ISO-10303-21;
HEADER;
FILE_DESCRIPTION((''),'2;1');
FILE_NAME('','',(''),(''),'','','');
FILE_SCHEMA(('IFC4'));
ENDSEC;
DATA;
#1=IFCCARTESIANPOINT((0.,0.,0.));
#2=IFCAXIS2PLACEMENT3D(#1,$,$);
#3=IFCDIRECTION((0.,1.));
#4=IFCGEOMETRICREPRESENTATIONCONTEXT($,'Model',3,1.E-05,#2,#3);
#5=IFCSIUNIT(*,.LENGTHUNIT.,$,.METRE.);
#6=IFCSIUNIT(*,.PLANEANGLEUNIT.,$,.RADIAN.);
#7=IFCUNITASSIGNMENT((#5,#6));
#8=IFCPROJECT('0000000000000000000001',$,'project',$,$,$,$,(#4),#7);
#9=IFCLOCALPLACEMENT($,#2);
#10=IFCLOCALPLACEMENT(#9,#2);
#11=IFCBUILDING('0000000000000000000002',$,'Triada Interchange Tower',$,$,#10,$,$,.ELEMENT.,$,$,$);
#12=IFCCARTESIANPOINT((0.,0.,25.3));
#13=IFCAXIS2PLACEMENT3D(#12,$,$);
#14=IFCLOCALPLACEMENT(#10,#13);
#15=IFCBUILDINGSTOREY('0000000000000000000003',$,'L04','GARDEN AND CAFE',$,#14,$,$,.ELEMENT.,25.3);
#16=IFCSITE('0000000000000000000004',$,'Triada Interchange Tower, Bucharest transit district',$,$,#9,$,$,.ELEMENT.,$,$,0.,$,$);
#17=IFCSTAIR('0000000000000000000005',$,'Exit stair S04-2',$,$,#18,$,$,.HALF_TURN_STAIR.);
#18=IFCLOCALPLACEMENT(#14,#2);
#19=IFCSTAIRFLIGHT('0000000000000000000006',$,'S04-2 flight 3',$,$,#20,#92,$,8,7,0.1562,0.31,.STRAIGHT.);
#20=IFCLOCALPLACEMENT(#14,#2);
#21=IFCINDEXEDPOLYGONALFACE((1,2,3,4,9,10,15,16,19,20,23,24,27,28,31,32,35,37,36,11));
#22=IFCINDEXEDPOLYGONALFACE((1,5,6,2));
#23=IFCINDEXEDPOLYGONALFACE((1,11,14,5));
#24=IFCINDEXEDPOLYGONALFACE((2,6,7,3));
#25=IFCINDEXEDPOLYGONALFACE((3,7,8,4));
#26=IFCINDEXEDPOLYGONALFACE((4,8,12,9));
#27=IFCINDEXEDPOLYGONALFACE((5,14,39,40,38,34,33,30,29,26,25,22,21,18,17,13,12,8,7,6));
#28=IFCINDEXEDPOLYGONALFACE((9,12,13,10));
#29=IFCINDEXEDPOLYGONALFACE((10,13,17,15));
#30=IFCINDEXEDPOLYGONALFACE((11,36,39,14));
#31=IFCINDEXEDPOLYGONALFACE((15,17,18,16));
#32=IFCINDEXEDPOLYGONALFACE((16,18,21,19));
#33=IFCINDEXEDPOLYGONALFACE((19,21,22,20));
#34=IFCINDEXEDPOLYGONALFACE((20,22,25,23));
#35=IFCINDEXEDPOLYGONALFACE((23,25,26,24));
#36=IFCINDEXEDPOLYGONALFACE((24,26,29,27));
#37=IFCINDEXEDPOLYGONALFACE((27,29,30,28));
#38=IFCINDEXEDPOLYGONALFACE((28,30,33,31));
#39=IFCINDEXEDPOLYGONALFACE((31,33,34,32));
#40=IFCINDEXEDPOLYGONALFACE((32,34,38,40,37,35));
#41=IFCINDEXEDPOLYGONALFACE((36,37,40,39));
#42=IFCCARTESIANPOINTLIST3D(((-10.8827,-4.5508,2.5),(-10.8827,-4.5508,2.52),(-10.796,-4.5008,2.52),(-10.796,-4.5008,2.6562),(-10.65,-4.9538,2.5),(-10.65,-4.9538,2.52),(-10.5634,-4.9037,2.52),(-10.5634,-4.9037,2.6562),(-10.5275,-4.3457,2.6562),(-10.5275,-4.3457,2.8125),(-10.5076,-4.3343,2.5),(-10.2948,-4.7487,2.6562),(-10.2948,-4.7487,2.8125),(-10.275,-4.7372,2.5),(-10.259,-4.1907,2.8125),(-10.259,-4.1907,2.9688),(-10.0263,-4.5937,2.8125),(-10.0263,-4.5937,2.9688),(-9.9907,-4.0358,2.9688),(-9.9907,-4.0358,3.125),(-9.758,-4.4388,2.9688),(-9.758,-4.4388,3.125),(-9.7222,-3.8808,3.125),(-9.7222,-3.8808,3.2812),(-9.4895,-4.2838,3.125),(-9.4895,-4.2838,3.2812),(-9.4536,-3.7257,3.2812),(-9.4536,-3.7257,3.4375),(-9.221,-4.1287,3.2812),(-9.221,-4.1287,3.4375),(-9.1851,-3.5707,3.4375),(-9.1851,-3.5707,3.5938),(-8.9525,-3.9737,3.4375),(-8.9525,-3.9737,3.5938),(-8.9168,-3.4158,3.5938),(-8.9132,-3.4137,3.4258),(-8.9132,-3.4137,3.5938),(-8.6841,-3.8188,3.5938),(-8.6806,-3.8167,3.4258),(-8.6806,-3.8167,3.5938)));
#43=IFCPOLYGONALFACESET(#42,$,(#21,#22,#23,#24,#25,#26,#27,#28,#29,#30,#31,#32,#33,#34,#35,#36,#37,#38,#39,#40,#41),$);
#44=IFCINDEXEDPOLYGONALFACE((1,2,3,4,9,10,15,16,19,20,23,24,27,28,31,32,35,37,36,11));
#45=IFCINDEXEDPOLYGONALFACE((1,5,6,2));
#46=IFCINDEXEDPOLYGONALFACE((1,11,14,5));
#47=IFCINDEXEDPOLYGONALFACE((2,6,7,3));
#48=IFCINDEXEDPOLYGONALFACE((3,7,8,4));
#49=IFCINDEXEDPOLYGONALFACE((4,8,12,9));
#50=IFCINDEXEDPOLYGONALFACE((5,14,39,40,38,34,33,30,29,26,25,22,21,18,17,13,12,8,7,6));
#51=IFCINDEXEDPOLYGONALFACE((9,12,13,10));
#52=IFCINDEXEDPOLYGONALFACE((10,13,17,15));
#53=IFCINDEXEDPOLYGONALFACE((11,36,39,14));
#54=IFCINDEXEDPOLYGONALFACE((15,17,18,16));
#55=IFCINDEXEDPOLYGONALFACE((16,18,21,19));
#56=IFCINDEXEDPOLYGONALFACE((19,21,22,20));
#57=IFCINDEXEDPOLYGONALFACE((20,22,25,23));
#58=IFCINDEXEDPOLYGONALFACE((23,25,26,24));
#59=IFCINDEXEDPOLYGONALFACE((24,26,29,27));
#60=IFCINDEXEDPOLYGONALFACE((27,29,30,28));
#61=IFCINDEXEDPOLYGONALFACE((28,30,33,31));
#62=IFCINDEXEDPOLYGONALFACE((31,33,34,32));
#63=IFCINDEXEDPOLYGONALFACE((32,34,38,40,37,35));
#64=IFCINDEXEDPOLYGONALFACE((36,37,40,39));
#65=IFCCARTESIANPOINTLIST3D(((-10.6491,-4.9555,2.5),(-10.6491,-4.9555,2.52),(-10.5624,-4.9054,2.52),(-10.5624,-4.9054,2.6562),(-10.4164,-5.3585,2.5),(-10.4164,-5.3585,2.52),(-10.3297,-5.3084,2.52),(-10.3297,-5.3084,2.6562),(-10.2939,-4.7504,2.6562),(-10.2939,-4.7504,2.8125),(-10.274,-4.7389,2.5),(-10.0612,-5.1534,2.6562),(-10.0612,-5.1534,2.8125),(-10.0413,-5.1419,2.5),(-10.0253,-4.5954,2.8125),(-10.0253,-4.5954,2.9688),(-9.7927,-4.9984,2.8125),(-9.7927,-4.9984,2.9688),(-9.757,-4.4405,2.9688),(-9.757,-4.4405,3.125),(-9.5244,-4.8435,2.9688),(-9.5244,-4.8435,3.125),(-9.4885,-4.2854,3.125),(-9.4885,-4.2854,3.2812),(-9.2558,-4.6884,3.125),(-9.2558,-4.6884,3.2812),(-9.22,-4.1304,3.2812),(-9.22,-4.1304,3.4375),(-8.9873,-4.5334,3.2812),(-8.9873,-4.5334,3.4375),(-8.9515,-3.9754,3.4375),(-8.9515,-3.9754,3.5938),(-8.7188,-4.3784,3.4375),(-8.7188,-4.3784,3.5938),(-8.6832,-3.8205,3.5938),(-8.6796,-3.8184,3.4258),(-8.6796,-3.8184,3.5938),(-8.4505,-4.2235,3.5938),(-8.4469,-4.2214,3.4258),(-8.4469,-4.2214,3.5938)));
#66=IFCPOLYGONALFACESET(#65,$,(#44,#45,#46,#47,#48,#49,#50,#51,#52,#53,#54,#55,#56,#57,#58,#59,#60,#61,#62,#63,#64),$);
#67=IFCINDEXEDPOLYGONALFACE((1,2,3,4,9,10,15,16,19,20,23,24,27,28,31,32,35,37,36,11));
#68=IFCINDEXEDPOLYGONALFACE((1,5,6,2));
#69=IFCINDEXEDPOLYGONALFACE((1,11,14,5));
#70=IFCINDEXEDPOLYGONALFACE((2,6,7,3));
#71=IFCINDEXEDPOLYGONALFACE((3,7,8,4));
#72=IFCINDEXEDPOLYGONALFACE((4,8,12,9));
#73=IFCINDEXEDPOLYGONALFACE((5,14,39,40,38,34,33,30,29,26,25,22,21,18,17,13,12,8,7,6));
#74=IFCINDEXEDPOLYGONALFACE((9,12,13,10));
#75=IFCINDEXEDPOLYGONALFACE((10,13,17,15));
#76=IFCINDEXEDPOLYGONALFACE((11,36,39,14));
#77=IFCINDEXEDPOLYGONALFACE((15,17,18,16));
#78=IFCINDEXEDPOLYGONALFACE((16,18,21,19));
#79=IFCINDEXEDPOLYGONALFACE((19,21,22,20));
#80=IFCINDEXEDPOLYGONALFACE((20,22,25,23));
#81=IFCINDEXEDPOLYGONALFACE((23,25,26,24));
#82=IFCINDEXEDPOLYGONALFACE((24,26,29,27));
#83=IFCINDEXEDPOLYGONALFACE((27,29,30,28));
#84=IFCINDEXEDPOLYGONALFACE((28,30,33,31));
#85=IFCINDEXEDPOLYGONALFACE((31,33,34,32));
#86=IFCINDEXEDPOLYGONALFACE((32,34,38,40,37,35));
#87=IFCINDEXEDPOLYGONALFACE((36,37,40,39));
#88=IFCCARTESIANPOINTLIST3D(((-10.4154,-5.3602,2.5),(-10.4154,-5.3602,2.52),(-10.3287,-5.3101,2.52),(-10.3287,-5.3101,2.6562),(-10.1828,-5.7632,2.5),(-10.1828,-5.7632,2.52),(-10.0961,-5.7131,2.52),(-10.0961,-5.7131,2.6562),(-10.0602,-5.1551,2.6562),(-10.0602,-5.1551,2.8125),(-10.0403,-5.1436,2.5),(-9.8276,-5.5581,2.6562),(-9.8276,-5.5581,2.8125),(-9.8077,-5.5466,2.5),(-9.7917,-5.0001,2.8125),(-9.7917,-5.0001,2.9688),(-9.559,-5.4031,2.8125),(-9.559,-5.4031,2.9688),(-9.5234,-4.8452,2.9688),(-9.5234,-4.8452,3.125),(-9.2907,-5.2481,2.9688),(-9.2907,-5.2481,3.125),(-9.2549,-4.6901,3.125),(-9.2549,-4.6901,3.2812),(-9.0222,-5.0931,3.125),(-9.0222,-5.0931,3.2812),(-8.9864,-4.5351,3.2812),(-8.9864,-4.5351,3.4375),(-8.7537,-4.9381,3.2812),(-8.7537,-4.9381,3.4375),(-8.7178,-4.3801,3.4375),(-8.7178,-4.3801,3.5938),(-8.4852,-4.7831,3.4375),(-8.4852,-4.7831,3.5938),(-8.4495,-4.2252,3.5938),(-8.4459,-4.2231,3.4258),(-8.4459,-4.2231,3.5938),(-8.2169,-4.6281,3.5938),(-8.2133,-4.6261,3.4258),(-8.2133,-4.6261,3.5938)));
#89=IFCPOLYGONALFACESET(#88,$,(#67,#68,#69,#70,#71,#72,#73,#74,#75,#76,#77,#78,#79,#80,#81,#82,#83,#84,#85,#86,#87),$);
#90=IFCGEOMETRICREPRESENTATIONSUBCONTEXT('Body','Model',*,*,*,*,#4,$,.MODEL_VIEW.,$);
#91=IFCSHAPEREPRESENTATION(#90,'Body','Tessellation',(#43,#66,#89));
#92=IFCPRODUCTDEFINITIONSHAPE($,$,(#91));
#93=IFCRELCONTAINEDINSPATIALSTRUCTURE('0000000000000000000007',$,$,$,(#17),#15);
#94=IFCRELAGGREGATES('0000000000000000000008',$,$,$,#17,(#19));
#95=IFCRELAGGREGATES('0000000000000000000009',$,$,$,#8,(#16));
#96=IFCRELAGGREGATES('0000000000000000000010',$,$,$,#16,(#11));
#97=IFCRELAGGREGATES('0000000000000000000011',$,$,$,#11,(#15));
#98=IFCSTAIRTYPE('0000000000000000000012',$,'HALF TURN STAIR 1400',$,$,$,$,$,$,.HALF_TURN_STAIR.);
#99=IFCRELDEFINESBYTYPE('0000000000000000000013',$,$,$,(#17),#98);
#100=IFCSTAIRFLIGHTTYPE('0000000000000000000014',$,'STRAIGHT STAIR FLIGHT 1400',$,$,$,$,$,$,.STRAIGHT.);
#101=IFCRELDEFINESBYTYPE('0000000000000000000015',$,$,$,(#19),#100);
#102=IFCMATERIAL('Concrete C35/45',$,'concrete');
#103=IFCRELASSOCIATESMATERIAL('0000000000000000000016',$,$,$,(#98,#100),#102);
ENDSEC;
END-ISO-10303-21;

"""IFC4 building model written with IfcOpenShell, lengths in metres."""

from ifc_helpers import new_model, si_unit, direction, frame, origin, place, context, subcontext, project, spatial, polyline, outline, extrude, material, type_object, element, aggregate, save


model = new_model("IFC4")

# Units and contexts
model_context = context("Model", 3, precision=1e-05, world=origin(), true_north=direction((0.0, 1.0)))
body_context = subcontext(model_context, "Body", "Model", "MODEL_VIEW")
ifc_project = project(units=[si_unit("LENGTHUNIT", "METRE"), si_unit("PLANEANGLEUNIT", "RADIAN")], contexts=[model_context])

# Site, building, storey
site_placement = place(None, origin())
site = spatial("IfcSite", under=ifc_project, at=site_placement, Name="Triada Interchange Tower, Bucharest transit district", CompositionType="ELEMENT", RefElevation=0.0)
building_placement = place(site_placement, origin())
building = spatial("IfcBuilding", under=site, at=building_placement, Name="Triada Interchange Tower", CompositionType="ELEMENT")
storey_placement = place(building_placement, frame((0.0, 0.0, 25.3)))
storey = spatial("IfcBuildingStorey", under=building, at=storey_placement, Name="L04", Description="GARDEN AND CAFE", CompositionType="ELEMENT", Elevation=25.3)

# Shared definitions
ifc_material_1 = material(Name="Concrete C35/45", Category="concrete")

# Stair, stair flight
stair_type = type_object("IfcStairType", Name="HALF TURN STAIR 1400", PredefinedType="HALF_TURN_STAIR", material=ifc_material_1)
stair_placement = place(storey_placement, origin())
stair = element("IfcStair", 1, at=stair_placement, inside=storey, type_object=stair_type, Name="Exit stair S04-2", PredefinedType="HALF_TURN_STAIR")
stair_flight_type = type_object("IfcStairFlightType", Name="STRAIGHT STAIR FLIGHT 1400", PredefinedType="STRAIGHT", material=ifc_material_1)
stair_flight_1_placement = place(storey_placement, frame((-10.446, -5.1069, 2.5), z_axis=(0.0, 0.0, 1.0), x_axis=(0.866025, 0.5, 0.0)))
stair_flight_1 = element("IfcStairFlight", 2, at=stair_flight_1_placement, type_object=stair_flight_type, Name="S04-2 flight 3", NumberOfRisers=8, NumberOfTreads=7, PredefinedType="STRAIGHT", RiserHeight=0.1562, TreadLength=0.31, context=body_context, shape_type="SweptSolid", body=[
    extrude(outline(polyline([(-0.1001, 0.0), (-0.1001, 0.02), (0.0, 0.02), (0.0, 0.1562), (0.3101, 0.1562), (0.3101, 0.3125), (0.6201, 0.3125), (0.6201, 0.4688), (0.9299, 0.4688), (0.9299, 0.625), (1.24, 0.625), (1.24, 0.7812), (1.55, 0.7812), (1.55, 0.9375), (1.8601, 0.9375), (1.8601, 1.0938), (2.1699, 1.0938), (2.1741, 1.0938), (2.1741, 1.25), (2.1741, 0.9258), (0.333, 0.0), (-0.1001, 0.0)])), frame((0.0, 0.7, 0.0), z_axis=(0.0, -1.0, 0.0), x_axis=(1.0, 0.0, 0.0)), (0.0, 0.0, 1.0), 0.4653),
    extrude(outline(polyline([(-0.1001, 0.0), (-0.1001, 0.02), (0.0, 0.02), (0.0, 0.1562), (0.3101, 0.1562), (0.3101, 0.3125), (0.6201, 0.3125), (0.6201, 0.4688), (0.9299, 0.4688), (0.9299, 0.625), (1.24, 0.625), (1.24, 0.7812), (1.55, 0.7812), (1.55, 0.9375), (1.8601, 0.9375), (1.8601, 1.0938), (2.1699, 1.0938), (2.1741, 1.0938), (2.1741, 1.25), (2.1741, 0.9258), (0.333, 0.0), (-0.1001, 0.0)])), frame((0.0, 0.2327, 0.0), z_axis=(0.0, -1.0, 0.0), x_axis=(1.0, 0.0, 0.0)), (0.0, 0.0, 1.0), 0.4653),
    extrude(outline(polyline([(-0.1001, 0.0), (-0.1001, 0.02), (0.0, 0.02), (0.0, 0.1562), (0.3101, 0.1562), (0.3101, 0.3125), (0.6201, 0.3125), (0.6201, 0.4688), (0.9299, 0.4688), (0.9299, 0.625), (1.24, 0.625), (1.24, 0.7812), (1.55, 0.7812), (1.55, 0.9375), (1.8601, 0.9375), (1.8601, 1.0938), (2.1699, 1.0938), (2.1741, 1.0938), (2.1741, 1.25), (2.1741, 0.9258), (0.333, 0.0), (-0.1001, 0.0)])), frame((0.0, -0.2346, 0.0), z_axis=(0.0, -1.0, 0.0), x_axis=(1.0, 0.0, 0.0)), (0.0, 0.0, 1.0), 0.4653),
])
aggregate(stair, [stair_flight_1])

save(model, "model.ifc")
